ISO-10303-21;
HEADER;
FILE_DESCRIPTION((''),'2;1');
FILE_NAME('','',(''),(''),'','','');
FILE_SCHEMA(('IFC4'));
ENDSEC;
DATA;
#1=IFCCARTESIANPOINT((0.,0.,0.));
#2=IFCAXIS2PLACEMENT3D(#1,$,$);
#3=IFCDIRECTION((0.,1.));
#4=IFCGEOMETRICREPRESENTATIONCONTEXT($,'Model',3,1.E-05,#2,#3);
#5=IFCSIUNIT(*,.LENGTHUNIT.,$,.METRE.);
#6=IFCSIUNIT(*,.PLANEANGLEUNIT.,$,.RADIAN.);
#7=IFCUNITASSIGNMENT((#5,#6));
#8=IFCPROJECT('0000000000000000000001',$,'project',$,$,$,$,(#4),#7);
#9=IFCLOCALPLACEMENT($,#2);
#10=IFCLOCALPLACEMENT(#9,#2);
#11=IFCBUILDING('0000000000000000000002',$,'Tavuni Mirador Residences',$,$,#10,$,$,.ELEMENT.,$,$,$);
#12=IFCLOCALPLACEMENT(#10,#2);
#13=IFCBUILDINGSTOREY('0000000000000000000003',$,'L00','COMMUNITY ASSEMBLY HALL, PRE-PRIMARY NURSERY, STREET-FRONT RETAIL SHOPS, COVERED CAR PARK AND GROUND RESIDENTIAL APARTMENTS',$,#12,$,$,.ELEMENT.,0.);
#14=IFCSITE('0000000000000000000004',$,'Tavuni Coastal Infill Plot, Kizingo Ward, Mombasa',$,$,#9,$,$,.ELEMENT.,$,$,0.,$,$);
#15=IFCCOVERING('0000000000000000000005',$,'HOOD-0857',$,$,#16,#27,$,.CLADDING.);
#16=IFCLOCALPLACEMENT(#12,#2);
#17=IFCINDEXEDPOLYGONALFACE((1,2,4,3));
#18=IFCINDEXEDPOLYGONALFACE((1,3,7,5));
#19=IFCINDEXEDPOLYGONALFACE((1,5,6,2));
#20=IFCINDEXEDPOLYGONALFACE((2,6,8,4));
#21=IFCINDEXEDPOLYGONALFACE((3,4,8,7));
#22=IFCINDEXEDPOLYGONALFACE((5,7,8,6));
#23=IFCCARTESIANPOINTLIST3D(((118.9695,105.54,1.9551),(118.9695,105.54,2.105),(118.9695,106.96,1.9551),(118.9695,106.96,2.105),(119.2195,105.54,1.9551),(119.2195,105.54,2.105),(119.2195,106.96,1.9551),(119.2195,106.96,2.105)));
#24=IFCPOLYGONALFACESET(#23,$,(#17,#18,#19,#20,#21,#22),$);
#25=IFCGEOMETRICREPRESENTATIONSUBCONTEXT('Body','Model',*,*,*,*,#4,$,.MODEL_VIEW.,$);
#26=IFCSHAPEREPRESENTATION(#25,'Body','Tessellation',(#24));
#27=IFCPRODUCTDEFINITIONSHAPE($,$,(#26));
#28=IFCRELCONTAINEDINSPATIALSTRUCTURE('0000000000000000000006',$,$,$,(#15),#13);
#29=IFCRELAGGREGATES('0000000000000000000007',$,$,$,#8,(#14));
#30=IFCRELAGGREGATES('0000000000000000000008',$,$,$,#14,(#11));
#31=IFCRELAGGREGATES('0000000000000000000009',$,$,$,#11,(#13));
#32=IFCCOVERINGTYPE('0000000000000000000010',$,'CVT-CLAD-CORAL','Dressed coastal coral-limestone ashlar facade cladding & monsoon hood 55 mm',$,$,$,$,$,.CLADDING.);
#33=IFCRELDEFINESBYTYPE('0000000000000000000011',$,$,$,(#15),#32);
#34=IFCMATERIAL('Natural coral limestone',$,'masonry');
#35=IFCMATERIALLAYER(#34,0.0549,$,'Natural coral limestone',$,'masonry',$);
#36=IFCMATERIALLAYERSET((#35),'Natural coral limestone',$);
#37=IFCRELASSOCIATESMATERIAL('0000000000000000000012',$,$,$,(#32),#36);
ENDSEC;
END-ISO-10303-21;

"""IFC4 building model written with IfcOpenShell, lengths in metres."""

from ifc_helpers import new_model, si_unit, direction, frame, origin, origin_2d, place, context, subcontext, project, spatial, rectangle, extrude, material, layer, layer_set, type_object, element, save


model = new_model("IFC4")

# Units and contexts
model_context = context("Model", 3, precision=1e-05, world=origin(), true_north=direction((0.0, 1.0)))
body_context = subcontext(model_context, "Body", "Model", "MODEL_VIEW")
ifc_project = project(units=[si_unit("LENGTHUNIT", "METRE"), si_unit("PLANEANGLEUNIT", "RADIAN")], contexts=[model_context])

# Site, building, storey
site_placement = place(None, origin())
site = spatial("IfcSite", under=ifc_project, at=site_placement, Name="Tavuni Coastal Infill Plot, Kizingo Ward, Mombasa", CompositionType="ELEMENT", RefElevation=0.0)
building_placement = place(site_placement, origin())
building = spatial("IfcBuilding", under=site, at=building_placement, Name="Tavuni Mirador Residences", CompositionType="ELEMENT")
storey_placement = place(building_placement, origin())
storey = spatial("IfcBuildingStorey", under=building, at=storey_placement, Name="L00", Description="COMMUNITY ASSEMBLY HALL, PRE-PRIMARY NURSERY, STREET-FRONT RETAIL SHOPS, COVERED CAR PARK AND GROUND RESIDENTIAL APARTMENTS", CompositionType="ELEMENT", Elevation=0.0)

# Covering
ifc_material_1 = material(Name="Natural coral limestone", Category="masonry")
ifc_layer_1 = layer(ifc_material_1, 0.0549, Name="Natural coral limestone", Category="masonry")
ifc_layer_set_1 = layer_set([ifc_layer_1], Name="Natural coral limestone")
covering_type = type_object("IfcCoveringType", Name="CVT-CLAD-CORAL", Description="Dressed coastal coral-limestone ashlar facade cladding & monsoon hood 55 mm", PredefinedType="CLADDING", material=ifc_layer_set_1)
covering_1_placement = place(storey_placement, frame((119.0945, 106.25, 1.9551), z_axis=(0.0, 0.0, 1.0), x_axis=(0.0, 1.0, 0.0)))
element("IfcCovering", 1, at=covering_1_placement, inside=storey, type_object=covering_type, Name="HOOD-0857", PredefinedType="CLADDING", context=body_context, shape_type="SweptSolid", body=[
    extrude(rectangle(XDim=1.4199, YDim=0.25, at=origin_2d()), origin(), (0.0, 0.0, 1.0), 0.1499),
])

save(model, "model.ifc")
